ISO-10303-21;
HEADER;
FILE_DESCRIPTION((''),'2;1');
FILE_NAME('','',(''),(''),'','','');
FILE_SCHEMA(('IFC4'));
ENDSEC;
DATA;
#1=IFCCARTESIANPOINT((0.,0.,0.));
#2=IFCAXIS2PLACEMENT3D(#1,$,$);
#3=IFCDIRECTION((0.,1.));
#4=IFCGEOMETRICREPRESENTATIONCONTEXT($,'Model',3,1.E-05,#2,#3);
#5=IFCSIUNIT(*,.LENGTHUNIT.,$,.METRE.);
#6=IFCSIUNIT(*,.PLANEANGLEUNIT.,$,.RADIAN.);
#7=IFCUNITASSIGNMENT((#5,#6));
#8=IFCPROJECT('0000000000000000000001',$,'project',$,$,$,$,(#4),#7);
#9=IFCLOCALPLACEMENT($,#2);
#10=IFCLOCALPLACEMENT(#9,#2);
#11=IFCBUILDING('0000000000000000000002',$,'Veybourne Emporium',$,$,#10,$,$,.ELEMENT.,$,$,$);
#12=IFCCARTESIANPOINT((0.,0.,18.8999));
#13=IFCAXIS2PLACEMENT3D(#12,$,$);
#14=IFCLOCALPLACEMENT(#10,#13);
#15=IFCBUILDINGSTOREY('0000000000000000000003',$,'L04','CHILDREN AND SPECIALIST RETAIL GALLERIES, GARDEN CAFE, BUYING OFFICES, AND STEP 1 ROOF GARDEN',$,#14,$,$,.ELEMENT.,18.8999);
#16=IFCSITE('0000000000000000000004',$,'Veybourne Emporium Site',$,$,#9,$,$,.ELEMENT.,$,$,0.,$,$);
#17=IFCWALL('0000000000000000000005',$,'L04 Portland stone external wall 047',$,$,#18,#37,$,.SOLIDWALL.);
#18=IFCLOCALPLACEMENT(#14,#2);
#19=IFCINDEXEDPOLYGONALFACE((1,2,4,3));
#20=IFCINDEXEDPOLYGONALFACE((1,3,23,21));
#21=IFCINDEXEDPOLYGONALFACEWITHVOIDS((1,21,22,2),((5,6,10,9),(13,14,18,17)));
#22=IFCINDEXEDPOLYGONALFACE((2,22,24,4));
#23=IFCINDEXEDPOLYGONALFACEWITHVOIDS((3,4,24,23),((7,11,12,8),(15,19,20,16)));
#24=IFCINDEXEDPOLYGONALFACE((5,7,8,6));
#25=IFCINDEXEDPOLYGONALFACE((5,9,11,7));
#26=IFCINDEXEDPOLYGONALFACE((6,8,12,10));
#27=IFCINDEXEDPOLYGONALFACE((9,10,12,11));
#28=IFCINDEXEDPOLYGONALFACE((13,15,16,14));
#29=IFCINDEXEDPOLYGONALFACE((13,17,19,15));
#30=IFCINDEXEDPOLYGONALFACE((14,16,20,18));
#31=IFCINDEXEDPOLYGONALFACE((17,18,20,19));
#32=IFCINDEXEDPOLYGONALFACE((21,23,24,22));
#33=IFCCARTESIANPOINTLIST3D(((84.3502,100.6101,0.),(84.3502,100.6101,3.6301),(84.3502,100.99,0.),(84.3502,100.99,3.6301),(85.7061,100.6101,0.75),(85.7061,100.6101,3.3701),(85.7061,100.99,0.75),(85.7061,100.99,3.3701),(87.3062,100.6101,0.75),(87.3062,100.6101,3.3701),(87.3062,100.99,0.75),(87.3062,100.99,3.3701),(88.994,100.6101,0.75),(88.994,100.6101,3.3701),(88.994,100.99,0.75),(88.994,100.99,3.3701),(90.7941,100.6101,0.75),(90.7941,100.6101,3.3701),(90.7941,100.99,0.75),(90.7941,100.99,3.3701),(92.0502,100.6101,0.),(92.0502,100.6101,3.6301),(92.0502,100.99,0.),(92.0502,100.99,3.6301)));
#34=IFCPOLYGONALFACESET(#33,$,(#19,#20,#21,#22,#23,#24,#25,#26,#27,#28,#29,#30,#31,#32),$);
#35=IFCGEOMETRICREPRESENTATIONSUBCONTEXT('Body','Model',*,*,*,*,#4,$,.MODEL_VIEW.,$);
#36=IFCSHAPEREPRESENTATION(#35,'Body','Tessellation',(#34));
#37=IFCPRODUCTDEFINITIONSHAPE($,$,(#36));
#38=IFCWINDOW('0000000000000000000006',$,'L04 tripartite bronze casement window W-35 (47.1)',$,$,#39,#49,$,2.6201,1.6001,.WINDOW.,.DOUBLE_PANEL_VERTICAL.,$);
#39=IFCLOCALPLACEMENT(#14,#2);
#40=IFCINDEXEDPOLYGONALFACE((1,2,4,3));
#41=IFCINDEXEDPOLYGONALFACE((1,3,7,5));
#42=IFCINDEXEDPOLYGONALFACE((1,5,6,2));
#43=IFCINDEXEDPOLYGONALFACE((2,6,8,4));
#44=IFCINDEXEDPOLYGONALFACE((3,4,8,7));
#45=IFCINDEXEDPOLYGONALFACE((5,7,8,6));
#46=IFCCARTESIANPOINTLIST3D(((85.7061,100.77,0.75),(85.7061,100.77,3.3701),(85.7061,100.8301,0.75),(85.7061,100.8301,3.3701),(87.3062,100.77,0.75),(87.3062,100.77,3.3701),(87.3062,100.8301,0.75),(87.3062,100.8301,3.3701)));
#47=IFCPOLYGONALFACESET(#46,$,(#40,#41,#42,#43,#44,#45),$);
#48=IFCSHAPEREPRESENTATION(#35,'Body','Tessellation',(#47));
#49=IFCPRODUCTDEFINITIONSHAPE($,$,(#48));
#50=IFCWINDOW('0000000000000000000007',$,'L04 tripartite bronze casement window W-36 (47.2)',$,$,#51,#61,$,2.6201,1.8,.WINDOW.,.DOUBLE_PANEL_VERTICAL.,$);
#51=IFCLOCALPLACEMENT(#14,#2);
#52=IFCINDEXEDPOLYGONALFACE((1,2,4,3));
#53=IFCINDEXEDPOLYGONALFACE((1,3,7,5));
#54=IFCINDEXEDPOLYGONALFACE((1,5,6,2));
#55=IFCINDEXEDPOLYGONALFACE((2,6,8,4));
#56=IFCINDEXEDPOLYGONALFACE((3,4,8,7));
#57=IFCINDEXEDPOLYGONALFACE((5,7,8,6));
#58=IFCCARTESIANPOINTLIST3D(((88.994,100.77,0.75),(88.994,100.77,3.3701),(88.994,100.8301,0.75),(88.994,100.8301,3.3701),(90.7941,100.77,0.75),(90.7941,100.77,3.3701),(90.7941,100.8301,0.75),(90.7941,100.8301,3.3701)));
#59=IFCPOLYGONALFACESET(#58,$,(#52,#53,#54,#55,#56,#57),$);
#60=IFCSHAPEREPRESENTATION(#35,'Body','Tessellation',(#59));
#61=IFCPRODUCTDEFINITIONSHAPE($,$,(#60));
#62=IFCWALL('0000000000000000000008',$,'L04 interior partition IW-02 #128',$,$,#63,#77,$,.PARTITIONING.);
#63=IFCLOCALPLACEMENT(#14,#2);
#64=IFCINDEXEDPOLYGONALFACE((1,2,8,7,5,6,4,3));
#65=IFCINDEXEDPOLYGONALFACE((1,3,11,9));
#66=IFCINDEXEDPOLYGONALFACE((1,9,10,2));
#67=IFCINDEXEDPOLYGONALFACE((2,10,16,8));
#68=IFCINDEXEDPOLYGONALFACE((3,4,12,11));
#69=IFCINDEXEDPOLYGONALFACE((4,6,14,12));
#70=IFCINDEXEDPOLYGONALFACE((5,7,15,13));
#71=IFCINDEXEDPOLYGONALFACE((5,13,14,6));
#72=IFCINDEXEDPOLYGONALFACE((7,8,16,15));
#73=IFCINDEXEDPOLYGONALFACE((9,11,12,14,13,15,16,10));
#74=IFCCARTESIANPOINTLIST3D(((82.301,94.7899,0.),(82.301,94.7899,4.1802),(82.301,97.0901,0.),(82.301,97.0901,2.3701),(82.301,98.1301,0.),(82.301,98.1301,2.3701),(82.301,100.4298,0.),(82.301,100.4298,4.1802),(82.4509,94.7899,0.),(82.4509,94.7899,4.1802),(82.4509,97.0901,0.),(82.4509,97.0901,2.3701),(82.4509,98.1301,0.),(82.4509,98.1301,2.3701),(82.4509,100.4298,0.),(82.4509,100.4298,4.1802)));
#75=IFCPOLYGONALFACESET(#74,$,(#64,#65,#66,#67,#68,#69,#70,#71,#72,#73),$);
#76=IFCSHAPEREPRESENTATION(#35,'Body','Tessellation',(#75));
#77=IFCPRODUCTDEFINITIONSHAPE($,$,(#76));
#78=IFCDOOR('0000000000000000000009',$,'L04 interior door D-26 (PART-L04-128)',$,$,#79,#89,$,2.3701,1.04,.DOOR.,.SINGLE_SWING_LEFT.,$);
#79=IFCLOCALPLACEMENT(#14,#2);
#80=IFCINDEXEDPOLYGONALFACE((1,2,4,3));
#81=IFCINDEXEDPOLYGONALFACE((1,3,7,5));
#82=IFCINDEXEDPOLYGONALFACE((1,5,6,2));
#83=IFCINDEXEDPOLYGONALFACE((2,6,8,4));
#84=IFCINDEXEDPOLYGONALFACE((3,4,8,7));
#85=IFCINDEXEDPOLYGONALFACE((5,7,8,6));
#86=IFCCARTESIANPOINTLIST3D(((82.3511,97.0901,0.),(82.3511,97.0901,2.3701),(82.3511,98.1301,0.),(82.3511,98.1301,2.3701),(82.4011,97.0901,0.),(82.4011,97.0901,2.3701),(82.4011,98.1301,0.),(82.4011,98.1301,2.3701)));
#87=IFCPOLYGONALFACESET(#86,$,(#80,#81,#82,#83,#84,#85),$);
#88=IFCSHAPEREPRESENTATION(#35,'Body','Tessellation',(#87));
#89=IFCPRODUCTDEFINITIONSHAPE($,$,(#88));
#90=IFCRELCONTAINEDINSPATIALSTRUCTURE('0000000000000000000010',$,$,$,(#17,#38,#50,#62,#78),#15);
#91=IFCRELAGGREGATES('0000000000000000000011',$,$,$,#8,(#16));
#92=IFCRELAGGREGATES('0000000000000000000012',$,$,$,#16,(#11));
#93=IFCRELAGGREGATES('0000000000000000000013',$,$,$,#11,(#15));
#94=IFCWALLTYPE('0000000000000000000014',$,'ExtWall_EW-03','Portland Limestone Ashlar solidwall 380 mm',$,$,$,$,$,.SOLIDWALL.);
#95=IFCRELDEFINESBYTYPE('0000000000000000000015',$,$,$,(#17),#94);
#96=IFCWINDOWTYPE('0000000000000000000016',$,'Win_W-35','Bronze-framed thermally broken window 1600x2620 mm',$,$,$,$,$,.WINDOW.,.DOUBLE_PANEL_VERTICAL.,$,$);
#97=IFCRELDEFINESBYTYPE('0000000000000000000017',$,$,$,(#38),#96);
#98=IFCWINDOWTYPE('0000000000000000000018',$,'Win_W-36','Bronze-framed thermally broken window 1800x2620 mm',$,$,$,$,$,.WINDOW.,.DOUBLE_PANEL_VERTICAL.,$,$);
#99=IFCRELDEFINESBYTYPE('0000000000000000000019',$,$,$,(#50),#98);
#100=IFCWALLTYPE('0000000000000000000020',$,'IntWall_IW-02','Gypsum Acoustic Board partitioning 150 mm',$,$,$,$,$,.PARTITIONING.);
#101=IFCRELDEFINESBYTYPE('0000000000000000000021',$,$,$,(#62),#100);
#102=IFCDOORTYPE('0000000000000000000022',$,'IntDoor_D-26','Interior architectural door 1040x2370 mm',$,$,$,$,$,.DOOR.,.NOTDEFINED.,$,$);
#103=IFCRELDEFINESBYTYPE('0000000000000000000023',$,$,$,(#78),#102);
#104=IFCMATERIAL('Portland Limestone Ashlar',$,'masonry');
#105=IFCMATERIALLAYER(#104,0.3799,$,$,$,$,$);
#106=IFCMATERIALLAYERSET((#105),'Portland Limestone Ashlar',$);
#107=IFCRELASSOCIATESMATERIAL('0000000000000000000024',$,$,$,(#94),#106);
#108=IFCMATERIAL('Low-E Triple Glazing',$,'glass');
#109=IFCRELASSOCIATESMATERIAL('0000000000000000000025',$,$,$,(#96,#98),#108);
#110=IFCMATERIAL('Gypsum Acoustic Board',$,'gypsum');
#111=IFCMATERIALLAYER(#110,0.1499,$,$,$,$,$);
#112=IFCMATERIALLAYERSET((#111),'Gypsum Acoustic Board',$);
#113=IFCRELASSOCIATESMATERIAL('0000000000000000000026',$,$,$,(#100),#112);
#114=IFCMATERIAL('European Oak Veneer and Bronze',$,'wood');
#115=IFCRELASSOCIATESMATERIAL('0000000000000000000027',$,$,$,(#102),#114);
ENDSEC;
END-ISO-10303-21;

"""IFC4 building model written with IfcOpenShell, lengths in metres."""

from ifc_helpers import new_model, si_unit, direction, frame, frame_2d, origin, place, context, subcontext, project, spatial, rectangle, extrude, material, layer, layer_set, type_object, element, fill, save


model = new_model("IFC4")

# Units and contexts
model_context = context("Model", 3, precision=1e-05, world=origin(), true_north=direction((0.0, 1.0)))
body_context = subcontext(model_context, "Body", "Model", "MODEL_VIEW")
ifc_project = project(units=[si_unit("LENGTHUNIT", "METRE"), si_unit("PLANEANGLEUNIT", "RADIAN")], contexts=[model_context])

# Site, building, storey
site_placement = place(None, origin())
site = spatial("IfcSite", under=ifc_project, at=site_placement, Name="Veybourne Emporium Site", CompositionType="ELEMENT", RefElevation=0.0)
building_placement = place(site_placement, origin())
building = spatial("IfcBuilding", under=site, at=building_placement, Name="Veybourne Emporium", CompositionType="ELEMENT")
storey_placement = place(building_placement, frame((0.0, 0.0, 18.8999)))
storey = spatial("IfcBuildingStorey", under=building, at=storey_placement, Name="L04", Description="CHILDREN AND SPECIALIST RETAIL GALLERIES, GARDEN CAFE, BUYING OFFICES, AND STEP 1 ROOF GARDEN", CompositionType="ELEMENT", Elevation=18.8999)

# Shared definitions
ifc_material_1 = material(Name="Low-E Triple Glazing", Category="glass")

# Wall, openings, windows
ifc_material_2 = material(Name="Portland Limestone Ashlar", Category="masonry")
ifc_layer_1 = layer(ifc_material_2, 0.3799)
ifc_layer_set_1 = layer_set([ifc_layer_1], Name="Portland Limestone Ashlar")
wall_type_1 = type_object("IfcWallType", Name="ExtWall_EW-03", Description="Portland Limestone Ashlar solidwall 380 mm", PredefinedType="SOLIDWALL", material=ifc_layer_set_1)
wall_1_placement = place(storey_placement, frame((84.3501, 100.8, 0.0), z_axis=(0.0, 0.0, 1.0), x_axis=(1.0, 0.0, 0.0)))
wall_1 = element("IfcWall", 1, at=wall_1_placement, inside=storey, type_object=wall_type_1, Name="L04 Portland stone external wall 047", PredefinedType="SOLIDWALL", context=body_context, shape_type="SweptSolid", body=[
    extrude(rectangle(XDim=7.7, YDim=0.3799, at=frame_2d((3.8501, 0.0))), origin(), (0.0, 0.0, 1.0), 3.6301),
])
opening_1_placement = place(wall_1_placement, frame((1.356, 0.0, 0.75)))
opening_1 = element("IfcOpeningElement", 2, at=opening_1_placement, cuts=wall_1, PredefinedType="OPENING", context=body_context, shape_type="SweptSolid", body=[
    extrude(rectangle(XDim=1.6001, YDim=2.6201, at=frame_2d((0.8, 1.3101))), frame((0.0, 0.21, 0.0), z_axis=(0.0, -1.0, 0.0), x_axis=(1.0, 0.0, 0.0)), (0.0, 0.0, 1.0), 0.4199),
])
opening_2_placement = place(wall_1_placement, frame((4.644, 0.0, 0.75)))
opening_2 = element("IfcOpeningElement", 3, at=opening_2_placement, cuts=wall_1, PredefinedType="OPENING", context=body_context, shape_type="SweptSolid", body=[
    extrude(rectangle(XDim=1.8, YDim=2.6201, at=frame_2d((0.8999, 1.3101))), frame((0.0, 0.21, 0.0), z_axis=(0.0, -1.0, 0.0), x_axis=(1.0, 0.0, 0.0)), (0.0, 0.0, 1.0), 0.4199),
])
window_type_1 = type_object("IfcWindowType", Name="Win_W-35", Description="Bronze-framed thermally broken window 1600x2620 mm", PartitioningType="DOUBLE_PANEL_VERTICAL", PredefinedType="WINDOW", material=ifc_material_1)
window_1_placement = place(opening_1_placement, origin())
window_1 = element("IfcWindow", 4, at=window_1_placement, inside=storey, type_object=window_type_1, Name="L04 tripartite bronze casement window W-35 (47.1)", OverallHeight=2.6201, OverallWidth=1.6001, PartitioningType="DOUBLE_PANEL_VERTICAL", PredefinedType="WINDOW", context=body_context, shape_type="SweptSolid", body=[
    extrude(rectangle(XDim=1.6001, YDim=2.6201, at=frame_2d((0.8, 1.3101))), frame((0.0, 0.03, 0.0), z_axis=(0.0, -1.0, 0.0), x_axis=(1.0, 0.0, 0.0)), (0.0, 0.0, 1.0), 0.0601),
])
fill(opening_1, window_1)
window_type_2 = type_object("IfcWindowType", Name="Win_W-36", Description="Bronze-framed thermally broken window 1800x2620 mm", PartitioningType="DOUBLE_PANEL_VERTICAL", PredefinedType="WINDOW", material=ifc_material_1)
window_2_placement = place(opening_2_placement, origin())
window_2 = element("IfcWindow", 5, at=window_2_placement, inside=storey, type_object=window_type_2, Name="L04 tripartite bronze casement window W-36 (47.2)", OverallHeight=2.6201, OverallWidth=1.8, PartitioningType="DOUBLE_PANEL_VERTICAL", PredefinedType="WINDOW", context=body_context, shape_type="SweptSolid", body=[
    extrude(rectangle(XDim=1.8, YDim=2.6201, at=frame_2d((0.8999, 1.3101))), frame((0.0, 0.03, 0.0), z_axis=(0.0, -1.0, 0.0), x_axis=(1.0, 0.0, 0.0)), (0.0, 0.0, 1.0), 0.0601),
])
fill(opening_2, window_2)

# Wall, opening, door
ifc_material_3 = material(Name="Gypsum Acoustic Board", Category="gypsum")
ifc_layer_2 = layer(ifc_material_3, 0.1499)
ifc_layer_set_2 = layer_set([ifc_layer_2], Name="Gypsum Acoustic Board")
wall_type_2 = type_object("IfcWallType", Name="IntWall_IW-02", Description="Gypsum Acoustic Board partitioning 150 mm", PredefinedType="PARTITIONING", material=ifc_layer_set_2)
wall_2_placement = place(storey_placement, frame((82.376, 94.79, 0.0), z_axis=(0.0, 0.0, 1.0), x_axis=(0.0, 1.0, 0.0)))
wall_2 = element("IfcWall", 6, at=wall_2_placement, inside=storey, type_object=wall_type_2, Name="L04 interior partition IW-02 #128", PredefinedType="PARTITIONING", context=body_context, shape_type="SweptSolid", body=[
    extrude(rectangle(XDim=5.6399, YDim=0.1499, at=frame_2d((2.8198, 0.0))), origin(), (0.0, 0.0, 1.0), 4.1802),
])
opening_3_placement = place(wall_2_placement, frame((2.3, 0.0, 0.0)))
opening_3 = element("IfcOpeningElement", 7, at=opening_3_placement, cuts=wall_2, PredefinedType="OPENING", context=body_context, shape_type="SweptSolid", body=[
    extrude(rectangle(XDim=1.04, YDim=2.3701, at=frame_2d((0.52, 1.1851))), frame((0.0, 0.095, 0.0), z_axis=(0.0, -1.0, 0.0), x_axis=(1.0, 0.0, 0.0)), (0.0, 0.0, 1.0), 0.1899),
])
ifc_material_4 = material(Name="European Oak Veneer and Bronze", Category="wood")
door_type = type_object("IfcDoorType", Name="IntDoor_D-26", Description="Interior architectural door 1040x2370 mm", OperationType="NOTDEFINED", PredefinedType="DOOR", material=ifc_material_4)
door_placement = place(opening_3_placement, origin())
door = element("IfcDoor", 8, at=door_placement, inside=storey, type_object=door_type, Name="L04 interior door D-26 (PART-L04-128)", OperationType="SINGLE_SWING_LEFT", OverallHeight=2.3701, OverallWidth=1.04, PredefinedType="DOOR", context=body_context, shape_type="SweptSolid", body=[
    extrude(rectangle(XDim=1.04, YDim=2.3701, at=frame_2d((0.52, 1.1851))), frame((0.0, 0.0249, 0.0), z_axis=(0.0, -1.0, 0.0), x_axis=(1.0, 0.0, 0.0)), (0.0, 0.0, 1.0), 0.05),
])
fill(opening_3, door)

save(model, "model.ifc")
